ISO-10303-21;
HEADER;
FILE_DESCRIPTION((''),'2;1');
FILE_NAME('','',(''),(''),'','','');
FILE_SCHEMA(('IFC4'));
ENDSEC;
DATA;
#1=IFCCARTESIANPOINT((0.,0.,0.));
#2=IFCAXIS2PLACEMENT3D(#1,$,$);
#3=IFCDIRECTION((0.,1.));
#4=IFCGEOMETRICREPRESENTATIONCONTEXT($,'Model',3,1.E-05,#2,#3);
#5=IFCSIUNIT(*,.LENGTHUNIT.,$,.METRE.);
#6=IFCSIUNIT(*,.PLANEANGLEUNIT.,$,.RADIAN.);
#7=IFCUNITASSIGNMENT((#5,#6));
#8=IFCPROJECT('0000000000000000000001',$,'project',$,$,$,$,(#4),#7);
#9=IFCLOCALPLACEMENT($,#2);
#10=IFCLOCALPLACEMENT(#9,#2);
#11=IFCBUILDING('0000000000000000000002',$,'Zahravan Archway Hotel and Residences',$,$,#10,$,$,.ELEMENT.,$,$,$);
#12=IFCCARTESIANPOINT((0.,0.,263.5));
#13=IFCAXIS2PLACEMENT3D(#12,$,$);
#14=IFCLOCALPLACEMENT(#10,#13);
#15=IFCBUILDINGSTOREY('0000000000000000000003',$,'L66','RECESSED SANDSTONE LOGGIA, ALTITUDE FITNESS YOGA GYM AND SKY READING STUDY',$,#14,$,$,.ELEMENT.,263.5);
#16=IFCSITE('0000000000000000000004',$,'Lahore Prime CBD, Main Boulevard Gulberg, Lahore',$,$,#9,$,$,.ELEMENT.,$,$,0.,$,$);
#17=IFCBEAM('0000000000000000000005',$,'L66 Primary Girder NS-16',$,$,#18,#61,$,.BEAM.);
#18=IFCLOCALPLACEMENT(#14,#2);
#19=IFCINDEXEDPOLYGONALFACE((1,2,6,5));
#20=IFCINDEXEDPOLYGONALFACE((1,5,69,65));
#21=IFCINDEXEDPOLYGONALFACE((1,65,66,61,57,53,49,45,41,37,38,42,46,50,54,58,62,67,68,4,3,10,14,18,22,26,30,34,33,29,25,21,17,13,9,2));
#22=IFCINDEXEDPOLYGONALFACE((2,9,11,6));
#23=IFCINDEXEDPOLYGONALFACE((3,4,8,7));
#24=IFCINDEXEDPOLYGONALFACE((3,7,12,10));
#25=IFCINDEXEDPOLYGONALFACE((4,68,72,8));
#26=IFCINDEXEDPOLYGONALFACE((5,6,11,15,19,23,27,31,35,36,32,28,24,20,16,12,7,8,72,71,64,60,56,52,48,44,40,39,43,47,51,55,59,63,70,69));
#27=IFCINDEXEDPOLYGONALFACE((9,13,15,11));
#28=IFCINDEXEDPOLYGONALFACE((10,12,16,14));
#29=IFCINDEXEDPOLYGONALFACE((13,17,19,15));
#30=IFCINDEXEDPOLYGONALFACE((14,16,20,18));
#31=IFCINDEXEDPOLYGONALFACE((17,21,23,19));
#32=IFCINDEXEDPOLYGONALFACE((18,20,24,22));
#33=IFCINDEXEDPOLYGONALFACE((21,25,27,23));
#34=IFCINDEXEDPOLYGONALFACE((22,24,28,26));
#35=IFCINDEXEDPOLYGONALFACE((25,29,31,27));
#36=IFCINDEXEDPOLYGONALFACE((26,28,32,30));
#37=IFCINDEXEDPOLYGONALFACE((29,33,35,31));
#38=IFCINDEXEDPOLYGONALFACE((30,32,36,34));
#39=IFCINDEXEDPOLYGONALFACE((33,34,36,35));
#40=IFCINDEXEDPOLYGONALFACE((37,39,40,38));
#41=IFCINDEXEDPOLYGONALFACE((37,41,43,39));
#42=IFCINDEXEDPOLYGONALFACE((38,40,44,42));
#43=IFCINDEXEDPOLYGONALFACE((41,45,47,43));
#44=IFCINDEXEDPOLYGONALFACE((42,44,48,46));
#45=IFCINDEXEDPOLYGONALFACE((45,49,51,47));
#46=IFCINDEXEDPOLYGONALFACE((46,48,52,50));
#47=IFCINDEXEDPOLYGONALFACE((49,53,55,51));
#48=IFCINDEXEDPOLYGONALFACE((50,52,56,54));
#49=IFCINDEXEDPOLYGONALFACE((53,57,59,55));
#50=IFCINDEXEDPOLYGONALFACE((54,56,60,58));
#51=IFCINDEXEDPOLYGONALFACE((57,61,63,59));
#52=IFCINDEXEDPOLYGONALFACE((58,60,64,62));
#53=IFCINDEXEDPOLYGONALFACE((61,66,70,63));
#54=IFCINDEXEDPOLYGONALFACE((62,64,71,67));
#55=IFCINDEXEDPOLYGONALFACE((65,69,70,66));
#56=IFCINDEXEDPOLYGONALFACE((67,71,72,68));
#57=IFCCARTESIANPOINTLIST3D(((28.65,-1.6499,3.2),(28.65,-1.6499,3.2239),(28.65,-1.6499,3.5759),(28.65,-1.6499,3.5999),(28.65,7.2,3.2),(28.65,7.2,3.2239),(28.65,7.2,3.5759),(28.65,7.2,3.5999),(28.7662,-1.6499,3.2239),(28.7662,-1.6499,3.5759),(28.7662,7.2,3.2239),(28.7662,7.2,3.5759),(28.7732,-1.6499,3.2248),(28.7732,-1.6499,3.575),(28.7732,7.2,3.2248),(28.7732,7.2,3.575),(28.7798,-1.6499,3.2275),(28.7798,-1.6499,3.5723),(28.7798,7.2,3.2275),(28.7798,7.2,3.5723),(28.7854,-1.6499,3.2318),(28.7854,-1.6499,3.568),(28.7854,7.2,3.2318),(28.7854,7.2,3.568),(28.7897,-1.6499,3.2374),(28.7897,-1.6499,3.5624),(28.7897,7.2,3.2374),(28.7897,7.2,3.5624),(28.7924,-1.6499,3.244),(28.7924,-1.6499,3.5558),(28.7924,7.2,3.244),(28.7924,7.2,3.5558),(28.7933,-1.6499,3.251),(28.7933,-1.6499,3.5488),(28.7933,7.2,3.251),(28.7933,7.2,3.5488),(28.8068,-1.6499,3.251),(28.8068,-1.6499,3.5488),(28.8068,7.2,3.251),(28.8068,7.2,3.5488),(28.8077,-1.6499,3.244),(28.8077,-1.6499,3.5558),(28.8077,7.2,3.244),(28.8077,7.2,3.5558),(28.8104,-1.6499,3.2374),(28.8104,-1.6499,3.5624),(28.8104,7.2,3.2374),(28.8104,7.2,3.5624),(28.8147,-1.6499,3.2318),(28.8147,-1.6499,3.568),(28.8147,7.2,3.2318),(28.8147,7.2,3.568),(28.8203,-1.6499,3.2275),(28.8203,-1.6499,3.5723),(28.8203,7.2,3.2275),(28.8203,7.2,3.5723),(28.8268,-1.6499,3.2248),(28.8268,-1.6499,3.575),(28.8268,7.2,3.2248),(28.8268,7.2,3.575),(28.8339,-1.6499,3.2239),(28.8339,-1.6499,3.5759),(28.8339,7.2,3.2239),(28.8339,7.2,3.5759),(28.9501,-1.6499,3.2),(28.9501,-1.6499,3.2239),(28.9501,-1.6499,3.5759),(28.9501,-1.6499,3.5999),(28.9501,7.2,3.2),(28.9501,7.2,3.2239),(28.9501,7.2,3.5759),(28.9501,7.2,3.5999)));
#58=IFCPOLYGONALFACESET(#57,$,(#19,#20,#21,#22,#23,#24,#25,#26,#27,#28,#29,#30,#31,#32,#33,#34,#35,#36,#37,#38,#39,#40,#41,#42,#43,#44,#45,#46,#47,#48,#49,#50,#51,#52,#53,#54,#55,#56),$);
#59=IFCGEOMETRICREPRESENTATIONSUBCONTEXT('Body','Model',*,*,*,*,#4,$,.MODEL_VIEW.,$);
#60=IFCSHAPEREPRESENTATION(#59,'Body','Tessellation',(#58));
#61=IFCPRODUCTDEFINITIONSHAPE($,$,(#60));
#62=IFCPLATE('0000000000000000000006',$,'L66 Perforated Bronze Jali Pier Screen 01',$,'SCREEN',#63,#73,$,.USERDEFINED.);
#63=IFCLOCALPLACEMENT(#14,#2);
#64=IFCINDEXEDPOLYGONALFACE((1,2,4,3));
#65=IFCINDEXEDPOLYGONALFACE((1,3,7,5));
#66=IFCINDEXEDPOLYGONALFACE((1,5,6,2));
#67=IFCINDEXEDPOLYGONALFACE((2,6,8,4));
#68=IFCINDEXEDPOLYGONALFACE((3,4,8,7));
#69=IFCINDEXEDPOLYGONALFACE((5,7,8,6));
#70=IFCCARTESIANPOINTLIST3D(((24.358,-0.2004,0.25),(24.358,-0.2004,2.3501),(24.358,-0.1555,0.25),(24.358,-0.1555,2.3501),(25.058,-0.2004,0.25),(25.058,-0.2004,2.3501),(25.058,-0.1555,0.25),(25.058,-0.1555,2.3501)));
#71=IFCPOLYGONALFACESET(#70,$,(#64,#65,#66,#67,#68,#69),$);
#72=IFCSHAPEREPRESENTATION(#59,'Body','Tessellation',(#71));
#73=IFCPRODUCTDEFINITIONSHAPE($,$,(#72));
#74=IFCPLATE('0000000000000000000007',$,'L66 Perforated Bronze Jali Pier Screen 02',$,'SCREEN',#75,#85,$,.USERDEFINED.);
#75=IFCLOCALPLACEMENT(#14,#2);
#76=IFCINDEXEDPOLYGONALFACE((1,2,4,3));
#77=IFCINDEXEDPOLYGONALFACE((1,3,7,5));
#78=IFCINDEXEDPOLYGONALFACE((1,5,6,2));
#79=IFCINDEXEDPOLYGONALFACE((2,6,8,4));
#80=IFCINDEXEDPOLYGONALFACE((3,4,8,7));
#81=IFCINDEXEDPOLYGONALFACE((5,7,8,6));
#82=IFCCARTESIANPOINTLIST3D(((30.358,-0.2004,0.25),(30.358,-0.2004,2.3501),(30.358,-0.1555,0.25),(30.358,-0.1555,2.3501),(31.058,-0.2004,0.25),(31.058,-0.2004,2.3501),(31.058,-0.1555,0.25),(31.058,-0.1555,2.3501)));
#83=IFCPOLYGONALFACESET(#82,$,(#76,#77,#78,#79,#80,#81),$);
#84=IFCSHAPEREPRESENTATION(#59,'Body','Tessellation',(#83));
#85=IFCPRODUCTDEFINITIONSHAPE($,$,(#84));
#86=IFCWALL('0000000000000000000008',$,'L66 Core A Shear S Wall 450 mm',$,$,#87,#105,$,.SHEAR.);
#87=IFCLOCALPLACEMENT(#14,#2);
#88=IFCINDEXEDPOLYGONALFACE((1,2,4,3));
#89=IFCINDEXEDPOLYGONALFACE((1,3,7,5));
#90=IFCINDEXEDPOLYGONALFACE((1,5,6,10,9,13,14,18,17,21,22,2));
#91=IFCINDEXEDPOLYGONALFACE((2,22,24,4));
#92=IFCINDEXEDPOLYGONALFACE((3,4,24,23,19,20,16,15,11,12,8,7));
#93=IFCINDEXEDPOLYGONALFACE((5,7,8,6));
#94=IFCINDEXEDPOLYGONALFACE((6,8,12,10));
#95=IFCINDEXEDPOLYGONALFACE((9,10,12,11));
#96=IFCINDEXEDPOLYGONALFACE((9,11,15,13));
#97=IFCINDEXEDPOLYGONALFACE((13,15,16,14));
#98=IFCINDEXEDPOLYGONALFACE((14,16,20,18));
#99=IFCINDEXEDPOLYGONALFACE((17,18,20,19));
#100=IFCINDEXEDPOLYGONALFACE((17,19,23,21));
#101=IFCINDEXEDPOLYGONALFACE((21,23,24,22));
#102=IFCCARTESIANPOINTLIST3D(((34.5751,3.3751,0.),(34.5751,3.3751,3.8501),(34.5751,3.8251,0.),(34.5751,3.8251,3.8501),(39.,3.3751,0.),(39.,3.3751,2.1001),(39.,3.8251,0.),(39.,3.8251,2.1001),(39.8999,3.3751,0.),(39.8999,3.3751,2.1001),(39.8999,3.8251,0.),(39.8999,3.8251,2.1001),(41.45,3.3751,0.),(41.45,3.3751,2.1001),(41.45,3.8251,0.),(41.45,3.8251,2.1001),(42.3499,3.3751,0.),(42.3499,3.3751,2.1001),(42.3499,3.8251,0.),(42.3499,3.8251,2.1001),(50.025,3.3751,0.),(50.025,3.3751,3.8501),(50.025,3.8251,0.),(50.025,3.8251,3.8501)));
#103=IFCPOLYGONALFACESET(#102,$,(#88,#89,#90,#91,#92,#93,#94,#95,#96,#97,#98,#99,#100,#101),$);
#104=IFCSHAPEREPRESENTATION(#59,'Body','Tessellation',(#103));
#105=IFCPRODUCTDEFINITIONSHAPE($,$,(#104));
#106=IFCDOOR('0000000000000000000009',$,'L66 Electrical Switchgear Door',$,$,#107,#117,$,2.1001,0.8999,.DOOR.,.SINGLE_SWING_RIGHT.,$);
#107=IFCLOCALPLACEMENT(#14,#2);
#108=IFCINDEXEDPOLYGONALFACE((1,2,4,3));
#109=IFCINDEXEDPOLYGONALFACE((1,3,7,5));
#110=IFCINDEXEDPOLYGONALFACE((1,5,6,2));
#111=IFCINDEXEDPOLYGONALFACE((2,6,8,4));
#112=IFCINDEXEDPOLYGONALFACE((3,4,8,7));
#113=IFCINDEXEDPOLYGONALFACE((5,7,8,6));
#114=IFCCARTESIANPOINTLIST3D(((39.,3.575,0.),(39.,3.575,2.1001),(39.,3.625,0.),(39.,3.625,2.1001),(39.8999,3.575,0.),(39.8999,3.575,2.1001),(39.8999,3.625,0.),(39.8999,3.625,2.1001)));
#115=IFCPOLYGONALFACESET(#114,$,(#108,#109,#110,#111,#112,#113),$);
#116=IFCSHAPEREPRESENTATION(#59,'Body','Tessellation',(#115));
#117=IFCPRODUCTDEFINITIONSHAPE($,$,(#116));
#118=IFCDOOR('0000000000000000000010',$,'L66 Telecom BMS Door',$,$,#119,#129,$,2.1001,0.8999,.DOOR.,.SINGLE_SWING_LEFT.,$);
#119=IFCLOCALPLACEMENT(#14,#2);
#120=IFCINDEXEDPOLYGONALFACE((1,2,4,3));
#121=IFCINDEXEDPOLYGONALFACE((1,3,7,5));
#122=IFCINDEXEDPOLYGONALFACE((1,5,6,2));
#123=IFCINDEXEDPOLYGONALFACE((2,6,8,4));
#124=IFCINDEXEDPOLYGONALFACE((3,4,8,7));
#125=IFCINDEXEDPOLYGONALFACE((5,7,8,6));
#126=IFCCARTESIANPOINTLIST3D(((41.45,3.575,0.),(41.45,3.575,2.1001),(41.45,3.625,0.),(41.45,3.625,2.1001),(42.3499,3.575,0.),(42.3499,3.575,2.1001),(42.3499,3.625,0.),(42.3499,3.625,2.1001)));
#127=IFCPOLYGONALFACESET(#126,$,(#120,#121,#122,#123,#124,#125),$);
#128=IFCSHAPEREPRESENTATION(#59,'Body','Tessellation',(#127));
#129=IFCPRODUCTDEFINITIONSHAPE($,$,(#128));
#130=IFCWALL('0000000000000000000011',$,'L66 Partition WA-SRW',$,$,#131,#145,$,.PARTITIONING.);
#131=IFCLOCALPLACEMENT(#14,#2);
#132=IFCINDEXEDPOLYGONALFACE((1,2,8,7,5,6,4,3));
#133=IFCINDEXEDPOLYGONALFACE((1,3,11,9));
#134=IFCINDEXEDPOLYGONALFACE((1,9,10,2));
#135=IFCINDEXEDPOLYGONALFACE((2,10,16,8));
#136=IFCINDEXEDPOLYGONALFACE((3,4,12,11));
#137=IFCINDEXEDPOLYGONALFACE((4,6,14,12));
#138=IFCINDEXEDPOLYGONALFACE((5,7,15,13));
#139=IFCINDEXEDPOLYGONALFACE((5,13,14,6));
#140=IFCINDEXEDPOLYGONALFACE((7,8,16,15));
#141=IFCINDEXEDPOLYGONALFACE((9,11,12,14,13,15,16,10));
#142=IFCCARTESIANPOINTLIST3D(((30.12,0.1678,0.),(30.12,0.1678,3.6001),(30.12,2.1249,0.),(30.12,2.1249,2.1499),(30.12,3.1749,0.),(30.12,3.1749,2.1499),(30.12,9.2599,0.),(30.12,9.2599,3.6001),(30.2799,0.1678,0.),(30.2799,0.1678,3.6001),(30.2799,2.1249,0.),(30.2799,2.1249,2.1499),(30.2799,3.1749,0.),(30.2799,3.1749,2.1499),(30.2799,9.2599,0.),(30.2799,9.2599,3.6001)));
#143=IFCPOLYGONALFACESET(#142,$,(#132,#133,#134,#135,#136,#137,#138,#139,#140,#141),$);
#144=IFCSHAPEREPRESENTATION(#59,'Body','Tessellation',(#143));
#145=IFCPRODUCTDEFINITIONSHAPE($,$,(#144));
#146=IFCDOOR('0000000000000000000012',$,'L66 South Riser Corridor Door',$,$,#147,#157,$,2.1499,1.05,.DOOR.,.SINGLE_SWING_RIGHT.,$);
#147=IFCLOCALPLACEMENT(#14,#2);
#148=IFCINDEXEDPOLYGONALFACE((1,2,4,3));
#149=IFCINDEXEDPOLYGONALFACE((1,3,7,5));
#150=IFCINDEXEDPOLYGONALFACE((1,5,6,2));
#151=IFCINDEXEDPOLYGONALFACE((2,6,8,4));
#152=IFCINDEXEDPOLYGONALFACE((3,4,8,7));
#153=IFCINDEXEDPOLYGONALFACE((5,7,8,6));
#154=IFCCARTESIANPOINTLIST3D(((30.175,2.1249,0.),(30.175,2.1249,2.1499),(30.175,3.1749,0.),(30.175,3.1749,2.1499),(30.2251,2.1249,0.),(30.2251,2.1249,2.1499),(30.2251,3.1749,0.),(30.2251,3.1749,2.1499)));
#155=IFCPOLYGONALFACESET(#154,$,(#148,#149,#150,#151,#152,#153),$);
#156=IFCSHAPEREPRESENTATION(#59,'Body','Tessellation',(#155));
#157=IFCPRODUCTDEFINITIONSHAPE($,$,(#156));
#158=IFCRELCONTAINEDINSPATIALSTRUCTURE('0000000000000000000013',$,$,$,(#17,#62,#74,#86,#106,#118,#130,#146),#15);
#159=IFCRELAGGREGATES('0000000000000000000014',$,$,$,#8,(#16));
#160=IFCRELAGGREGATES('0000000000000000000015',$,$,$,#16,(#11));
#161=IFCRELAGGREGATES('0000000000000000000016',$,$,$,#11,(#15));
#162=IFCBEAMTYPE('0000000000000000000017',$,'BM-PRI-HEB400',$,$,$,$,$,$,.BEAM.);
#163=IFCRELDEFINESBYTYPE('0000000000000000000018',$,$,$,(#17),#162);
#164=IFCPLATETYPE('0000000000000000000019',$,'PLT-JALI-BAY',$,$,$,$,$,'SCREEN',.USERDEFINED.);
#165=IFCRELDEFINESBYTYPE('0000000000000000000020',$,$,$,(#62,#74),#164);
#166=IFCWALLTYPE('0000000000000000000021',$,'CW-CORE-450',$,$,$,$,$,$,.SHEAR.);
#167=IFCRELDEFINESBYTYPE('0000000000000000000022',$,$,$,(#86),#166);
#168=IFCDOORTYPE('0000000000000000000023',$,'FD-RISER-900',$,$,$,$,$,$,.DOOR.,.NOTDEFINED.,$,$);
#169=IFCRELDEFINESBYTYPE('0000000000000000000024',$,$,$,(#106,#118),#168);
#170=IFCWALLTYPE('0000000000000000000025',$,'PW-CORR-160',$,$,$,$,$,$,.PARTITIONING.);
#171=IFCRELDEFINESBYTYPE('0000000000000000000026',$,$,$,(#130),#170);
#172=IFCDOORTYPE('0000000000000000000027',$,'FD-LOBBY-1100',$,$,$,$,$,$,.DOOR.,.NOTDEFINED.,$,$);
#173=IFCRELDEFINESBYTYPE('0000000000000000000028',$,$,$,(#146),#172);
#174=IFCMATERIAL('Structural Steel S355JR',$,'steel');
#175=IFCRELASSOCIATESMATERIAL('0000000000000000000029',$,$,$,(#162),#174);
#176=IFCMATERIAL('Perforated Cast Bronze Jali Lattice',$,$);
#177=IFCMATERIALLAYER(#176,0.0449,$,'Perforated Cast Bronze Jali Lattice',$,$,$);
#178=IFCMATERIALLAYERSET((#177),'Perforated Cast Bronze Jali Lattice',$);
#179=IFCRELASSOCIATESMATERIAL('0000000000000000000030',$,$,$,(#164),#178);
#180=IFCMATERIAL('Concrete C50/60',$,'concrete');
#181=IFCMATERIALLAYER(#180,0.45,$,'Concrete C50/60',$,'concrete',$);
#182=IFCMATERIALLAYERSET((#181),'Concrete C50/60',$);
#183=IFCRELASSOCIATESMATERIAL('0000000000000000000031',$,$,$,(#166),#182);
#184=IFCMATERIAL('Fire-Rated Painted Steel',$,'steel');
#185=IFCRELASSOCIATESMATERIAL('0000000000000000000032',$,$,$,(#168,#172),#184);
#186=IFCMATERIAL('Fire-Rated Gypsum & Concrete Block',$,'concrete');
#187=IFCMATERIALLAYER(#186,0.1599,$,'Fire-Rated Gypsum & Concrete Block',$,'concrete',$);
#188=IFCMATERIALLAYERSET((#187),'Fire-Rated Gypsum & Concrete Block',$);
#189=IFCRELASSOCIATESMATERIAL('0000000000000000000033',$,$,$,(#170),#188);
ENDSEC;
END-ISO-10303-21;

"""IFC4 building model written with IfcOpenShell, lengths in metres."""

from ifc_helpers import new_model, si_unit, direction, frame, frame_2d, origin, origin_2d, place, context, subcontext, project, spatial, rectangle, i_section, extrude, source, transform, mapped, material, layer, layer_set, material_profile, profile_set, type_object, type_shapes, element, fill, save


model = new_model("IFC4")

# Units and contexts
model_context = context("Model", 3, precision=1e-05, world=origin(), true_north=direction((0.0, 1.0)))
body_context = subcontext(model_context, "Body", "Model", "MODEL_VIEW")
ifc_project = project(units=[si_unit("LENGTHUNIT", "METRE"), si_unit("PLANEANGLEUNIT", "RADIAN")], contexts=[model_context])

# Site, building, storey
site_placement = place(None, origin())
site = spatial("IfcSite", under=ifc_project, at=site_placement, Name="Lahore Prime CBD, Main Boulevard Gulberg, Lahore", CompositionType="ELEMENT", RefElevation=0.0)
building_placement = place(site_placement, origin())
building = spatial("IfcBuilding", under=site, at=building_placement, Name="Zahravan Archway Hotel and Residences", CompositionType="ELEMENT")
storey_placement = place(building_placement, frame((0.0, 0.0, 263.5)))
storey = spatial("IfcBuildingStorey", under=building, at=storey_placement, Name="L66", Description="RECESSED SANDSTONE LOGGIA, ALTITUDE FITNESS YOGA GYM AND SKY READING STUDY", CompositionType="ELEMENT", Elevation=263.5)

# Shared definitions
ifc_material_1 = material(Name="Concrete C50/60", Category="concrete")

# Beam
ifc_material_2 = material(Name="Structural Steel S355JR", Category="steel")
ifc_material_profile_1 = material_profile(ifc_material_2, i_section(OverallWidth=0.3, OverallDepth=0.3999, WebThickness=0.0134, FlangeThickness=0.0239, FilletRadius=0.0271, at=origin_2d()), Name="HEB 400", Category="steel")
ifc_profile_set_1 = profile_set([ifc_material_profile_1], Name="Structural Steel S355JR")
beam_type_1 = type_object("IfcBeamType", Name="BM-PRI-HEB400", PredefinedType="BEAM", material=ifc_profile_set_1)
shared_shape_1 = source(origin(), body_context, "Body", "SweptSolid", [
    extrude(i_section(OverallWidth=0.3, OverallDepth=0.3999, WebThickness=0.0134, FlangeThickness=0.0239, FilletRadius=0.0271, at=origin_2d()), origin(), (0.0, 0.0, 1.0), 8.8499),
])
beam_1_placement = place(storey_placement, frame((28.8, -1.6499, 3.3999), z_axis=(0.0, 1.0, 0.0), x_axis=(-1.0, 0.0, 0.0)))
element("IfcBeam", 1, at=beam_1_placement, inside=storey, type_object=beam_type_1, Name="L66 Primary Girder NS-16", PredefinedType="BEAM", context=body_context, shape_type="MappedRepresentation", body=[
    mapped(shared_shape_1, transform((0.0, 0.0, 0.0), scale=1.0)),
])

# Plates
ifc_material_3 = material(Name="Perforated Cast Bronze Jali Lattice")
ifc_layer_1 = layer(ifc_material_3, 0.0449, Name="Perforated Cast Bronze Jali Lattice")
ifc_layer_set_1 = layer_set([ifc_layer_1], Name="Perforated Cast Bronze Jali Lattice")
plate_type = type_object("IfcPlateType", Name="PLT-JALI-BAY", ElementType="SCREEN", PredefinedType="USERDEFINED", material=ifc_layer_set_1)
shared_shape_2 = source(origin(), body_context, "Body", "SweptSolid", [
    extrude(rectangle(XDim=0.7, YDim=0.0449, at=origin_2d()), origin(), (0.0, 0.0, 1.0), 2.1001),
])
type_shapes(plate_type, [shared_shape_2])
for number, where, z_axis, x_axis, name in (
    (2, (24.708, -0.178, 0.25), (0.0, 0.0, 1.0), (1.0, 0.0, 0.0), "L66 Perforated Bronze Jali Pier Screen 01"),
    (3, (30.708, -0.178, 0.25), (0.0, 0.0, 1.0), (1.0, 0.0, 0.0), "L66 Perforated Bronze Jali Pier Screen 02"),
):
    element("IfcPlate", number, at=place(storey_placement, frame(where, z_axis=z_axis, x_axis=x_axis)), inside=storey, type_object=plate_type, Name=name, ObjectType="SCREEN", PredefinedType="USERDEFINED", context=body_context, shape_type="MappedRepresentation", body=[
        mapped(shared_shape_2, transform((0.0, 0.0, 0.0), scale=1.0)),
    ])

# Wall, openings, doors
ifc_layer_2 = layer(ifc_material_1, 0.45, Name="Concrete C50/60", Category="concrete")
ifc_layer_set_2 = layer_set([ifc_layer_2], Name="Concrete C50/60")
wall_type_1 = type_object("IfcWallType", Name="CW-CORE-450", PredefinedType="SHEAR", material=ifc_layer_set_2)
wall_1_placement = place(storey_placement, frame((34.575, 3.6001, 0.0), z_axis=(0.0, 0.0, 1.0), x_axis=(1.0, 0.0, 0.0)))
wall_1 = element("IfcWall", 4, at=wall_1_placement, inside=storey, type_object=wall_type_1, Name="L66 Core A Shear S Wall 450 mm", PredefinedType="SHEAR", context=body_context, shape_type="SweptSolid", body=[
    extrude(rectangle(XDim=15.45, YDim=0.45, at=frame_2d((7.7251, 0.0))), origin(), (0.0, 0.0, 1.0), 3.8501),
])
opening_1_placement = place(wall_1_placement, frame((4.425, 0.0, 0.0)))
opening_1 = element("IfcOpeningElement", 5, at=opening_1_placement, cuts=wall_1, PredefinedType="OPENING", context=body_context, shape_type="SweptSolid", body=[
    extrude(rectangle(XDim=0.8999, YDim=2.1001, at=frame_2d((0.45, 1.05))), frame((0.0, 0.2349, 0.0), z_axis=(0.0, -1.0, 0.0), x_axis=(1.0, 0.0, 0.0)), (0.0, 0.0, 1.0), 0.47),
])
opening_2_placement = place(wall_1_placement, frame((6.875, 0.0, 0.0)))
opening_2 = element("IfcOpeningElement", 6, at=opening_2_placement, cuts=wall_1, PredefinedType="OPENING", context=body_context, shape_type="SweptSolid", body=[
    extrude(rectangle(XDim=0.8999, YDim=2.1001, at=frame_2d((0.45, 1.05))), frame((0.0, 0.2349, 0.0), z_axis=(0.0, -1.0, 0.0), x_axis=(1.0, 0.0, 0.0)), (0.0, 0.0, 1.0), 0.47),
])
ifc_material_4 = material(Name="Fire-Rated Painted Steel", Category="steel")
door_type_1 = type_object("IfcDoorType", Name="FD-RISER-900", OperationType="NOTDEFINED", PredefinedType="DOOR", material=ifc_material_4)
shared_shape_3 = source(origin(), body_context, "Body", "SweptSolid", [
    extrude(rectangle(XDim=0.8999, YDim=2.1001, at=frame_2d((0.45, 1.05))), frame((0.0, 0.0249, 0.0), z_axis=(0.0, -1.0, 0.0), x_axis=(1.0, 0.0, 0.0)), (0.0, 0.0, 1.0), 0.05),
])
type_shapes(door_type_1, [shared_shape_3])
door_1_placement = place(opening_1_placement, origin())
door_1 = element("IfcDoor", 7, at=door_1_placement, inside=storey, type_object=door_type_1, Name="L66 Electrical Switchgear Door", OperationType="SINGLE_SWING_RIGHT", OverallHeight=2.1001, OverallWidth=0.8999, PredefinedType="DOOR", context=body_context, shape_type="MappedRepresentation", body=[
    mapped(shared_shape_3, transform((0.0, 0.0, 0.0), scale=1.0)),
])
fill(opening_1, door_1)
door_2_placement = place(opening_2_placement, origin())
door_2 = element("IfcDoor", 8, at=door_2_placement, inside=storey, type_object=door_type_1, Name="L66 Telecom BMS Door", OperationType="SINGLE_SWING_LEFT", OverallHeight=2.1001, OverallWidth=0.8999, PredefinedType="DOOR", context=body_context, shape_type="MappedRepresentation", body=[
    mapped(shared_shape_3, transform((0.0, 0.0, 0.0), scale=1.0)),
])
fill(opening_2, door_2)

# Wall, opening, door
ifc_material_5 = material(Name="Fire-Rated Gypsum & Concrete Block", Category="concrete")
ifc_layer_3 = layer(ifc_material_5, 0.1599, Name="Fire-Rated Gypsum & Concrete Block", Category="concrete")
ifc_layer_set_3 = layer_set([ifc_layer_3], Name="Fire-Rated Gypsum & Concrete Block")
wall_type_2 = type_object("IfcWallType", Name="PW-CORR-160", PredefinedType="PARTITIONING", material=ifc_layer_set_3)
wall_2_placement = place(storey_placement, frame((30.2, 0.168, 0.0), z_axis=(0.0, 0.0, 1.0), x_axis=(0.0, 1.0, 0.0)))
wall_2 = element("IfcWall", 9, at=wall_2_placement, inside=storey, type_object=wall_type_2, Name="L66 Partition WA-SRW", PredefinedType="PARTITIONING", context=body_context, shape_type="SweptSolid", body=[
    extrude(rectangle(XDim=9.092, YDim=0.1599, at=frame_2d((4.5459, 0.0))), origin(), (0.0, 0.0, 1.0), 3.6001),
])
opening_3_placement = place(wall_2_placement, frame((1.957, 0.0, 0.0)))
opening_3 = element("IfcOpeningElement", 10, at=opening_3_placement, cuts=wall_2, PredefinedType="OPENING", context=body_context, shape_type="SweptSolid", body=[
    extrude(rectangle(XDim=1.05, YDim=2.1499, at=frame_2d((0.5249, 1.075))), frame((0.0, 0.0898, 0.0), z_axis=(0.0, -1.0, 0.0), x_axis=(1.0, 0.0, 0.0)), (0.0, 0.0, 1.0), 0.1799),
])
door_type_2 = type_object("IfcDoorType", Name="FD-LOBBY-1100", OperationType="NOTDEFINED", PredefinedType="DOOR", material=ifc_material_4)
shared_shape_4 = source(origin(), body_context, "Body", "SweptSolid", [
    extrude(rectangle(XDim=1.05, YDim=2.1499, at=frame_2d((0.5249, 1.075))), frame((0.0, 0.0249, 0.0), z_axis=(0.0, -1.0, 0.0), x_axis=(1.0, 0.0, 0.0)), (0.0, 0.0, 1.0), 0.05),
])
type_shapes(door_type_2, [shared_shape_4])
door_3_placement = place(opening_3_placement, origin())
door_3 = element("IfcDoor", 11, at=door_3_placement, inside=storey, type_object=door_type_2, Name="L66 South Riser Corridor Door", OperationType="SINGLE_SWING_RIGHT", OverallHeight=2.1499, OverallWidth=1.05, PredefinedType="DOOR", context=body_context, shape_type="MappedRepresentation", body=[
    mapped(shared_shape_4, transform((0.0, 0.0, 0.0), scale=1.0)),
])
fill(opening_3, door_3)

save(model, "model.ifc")
